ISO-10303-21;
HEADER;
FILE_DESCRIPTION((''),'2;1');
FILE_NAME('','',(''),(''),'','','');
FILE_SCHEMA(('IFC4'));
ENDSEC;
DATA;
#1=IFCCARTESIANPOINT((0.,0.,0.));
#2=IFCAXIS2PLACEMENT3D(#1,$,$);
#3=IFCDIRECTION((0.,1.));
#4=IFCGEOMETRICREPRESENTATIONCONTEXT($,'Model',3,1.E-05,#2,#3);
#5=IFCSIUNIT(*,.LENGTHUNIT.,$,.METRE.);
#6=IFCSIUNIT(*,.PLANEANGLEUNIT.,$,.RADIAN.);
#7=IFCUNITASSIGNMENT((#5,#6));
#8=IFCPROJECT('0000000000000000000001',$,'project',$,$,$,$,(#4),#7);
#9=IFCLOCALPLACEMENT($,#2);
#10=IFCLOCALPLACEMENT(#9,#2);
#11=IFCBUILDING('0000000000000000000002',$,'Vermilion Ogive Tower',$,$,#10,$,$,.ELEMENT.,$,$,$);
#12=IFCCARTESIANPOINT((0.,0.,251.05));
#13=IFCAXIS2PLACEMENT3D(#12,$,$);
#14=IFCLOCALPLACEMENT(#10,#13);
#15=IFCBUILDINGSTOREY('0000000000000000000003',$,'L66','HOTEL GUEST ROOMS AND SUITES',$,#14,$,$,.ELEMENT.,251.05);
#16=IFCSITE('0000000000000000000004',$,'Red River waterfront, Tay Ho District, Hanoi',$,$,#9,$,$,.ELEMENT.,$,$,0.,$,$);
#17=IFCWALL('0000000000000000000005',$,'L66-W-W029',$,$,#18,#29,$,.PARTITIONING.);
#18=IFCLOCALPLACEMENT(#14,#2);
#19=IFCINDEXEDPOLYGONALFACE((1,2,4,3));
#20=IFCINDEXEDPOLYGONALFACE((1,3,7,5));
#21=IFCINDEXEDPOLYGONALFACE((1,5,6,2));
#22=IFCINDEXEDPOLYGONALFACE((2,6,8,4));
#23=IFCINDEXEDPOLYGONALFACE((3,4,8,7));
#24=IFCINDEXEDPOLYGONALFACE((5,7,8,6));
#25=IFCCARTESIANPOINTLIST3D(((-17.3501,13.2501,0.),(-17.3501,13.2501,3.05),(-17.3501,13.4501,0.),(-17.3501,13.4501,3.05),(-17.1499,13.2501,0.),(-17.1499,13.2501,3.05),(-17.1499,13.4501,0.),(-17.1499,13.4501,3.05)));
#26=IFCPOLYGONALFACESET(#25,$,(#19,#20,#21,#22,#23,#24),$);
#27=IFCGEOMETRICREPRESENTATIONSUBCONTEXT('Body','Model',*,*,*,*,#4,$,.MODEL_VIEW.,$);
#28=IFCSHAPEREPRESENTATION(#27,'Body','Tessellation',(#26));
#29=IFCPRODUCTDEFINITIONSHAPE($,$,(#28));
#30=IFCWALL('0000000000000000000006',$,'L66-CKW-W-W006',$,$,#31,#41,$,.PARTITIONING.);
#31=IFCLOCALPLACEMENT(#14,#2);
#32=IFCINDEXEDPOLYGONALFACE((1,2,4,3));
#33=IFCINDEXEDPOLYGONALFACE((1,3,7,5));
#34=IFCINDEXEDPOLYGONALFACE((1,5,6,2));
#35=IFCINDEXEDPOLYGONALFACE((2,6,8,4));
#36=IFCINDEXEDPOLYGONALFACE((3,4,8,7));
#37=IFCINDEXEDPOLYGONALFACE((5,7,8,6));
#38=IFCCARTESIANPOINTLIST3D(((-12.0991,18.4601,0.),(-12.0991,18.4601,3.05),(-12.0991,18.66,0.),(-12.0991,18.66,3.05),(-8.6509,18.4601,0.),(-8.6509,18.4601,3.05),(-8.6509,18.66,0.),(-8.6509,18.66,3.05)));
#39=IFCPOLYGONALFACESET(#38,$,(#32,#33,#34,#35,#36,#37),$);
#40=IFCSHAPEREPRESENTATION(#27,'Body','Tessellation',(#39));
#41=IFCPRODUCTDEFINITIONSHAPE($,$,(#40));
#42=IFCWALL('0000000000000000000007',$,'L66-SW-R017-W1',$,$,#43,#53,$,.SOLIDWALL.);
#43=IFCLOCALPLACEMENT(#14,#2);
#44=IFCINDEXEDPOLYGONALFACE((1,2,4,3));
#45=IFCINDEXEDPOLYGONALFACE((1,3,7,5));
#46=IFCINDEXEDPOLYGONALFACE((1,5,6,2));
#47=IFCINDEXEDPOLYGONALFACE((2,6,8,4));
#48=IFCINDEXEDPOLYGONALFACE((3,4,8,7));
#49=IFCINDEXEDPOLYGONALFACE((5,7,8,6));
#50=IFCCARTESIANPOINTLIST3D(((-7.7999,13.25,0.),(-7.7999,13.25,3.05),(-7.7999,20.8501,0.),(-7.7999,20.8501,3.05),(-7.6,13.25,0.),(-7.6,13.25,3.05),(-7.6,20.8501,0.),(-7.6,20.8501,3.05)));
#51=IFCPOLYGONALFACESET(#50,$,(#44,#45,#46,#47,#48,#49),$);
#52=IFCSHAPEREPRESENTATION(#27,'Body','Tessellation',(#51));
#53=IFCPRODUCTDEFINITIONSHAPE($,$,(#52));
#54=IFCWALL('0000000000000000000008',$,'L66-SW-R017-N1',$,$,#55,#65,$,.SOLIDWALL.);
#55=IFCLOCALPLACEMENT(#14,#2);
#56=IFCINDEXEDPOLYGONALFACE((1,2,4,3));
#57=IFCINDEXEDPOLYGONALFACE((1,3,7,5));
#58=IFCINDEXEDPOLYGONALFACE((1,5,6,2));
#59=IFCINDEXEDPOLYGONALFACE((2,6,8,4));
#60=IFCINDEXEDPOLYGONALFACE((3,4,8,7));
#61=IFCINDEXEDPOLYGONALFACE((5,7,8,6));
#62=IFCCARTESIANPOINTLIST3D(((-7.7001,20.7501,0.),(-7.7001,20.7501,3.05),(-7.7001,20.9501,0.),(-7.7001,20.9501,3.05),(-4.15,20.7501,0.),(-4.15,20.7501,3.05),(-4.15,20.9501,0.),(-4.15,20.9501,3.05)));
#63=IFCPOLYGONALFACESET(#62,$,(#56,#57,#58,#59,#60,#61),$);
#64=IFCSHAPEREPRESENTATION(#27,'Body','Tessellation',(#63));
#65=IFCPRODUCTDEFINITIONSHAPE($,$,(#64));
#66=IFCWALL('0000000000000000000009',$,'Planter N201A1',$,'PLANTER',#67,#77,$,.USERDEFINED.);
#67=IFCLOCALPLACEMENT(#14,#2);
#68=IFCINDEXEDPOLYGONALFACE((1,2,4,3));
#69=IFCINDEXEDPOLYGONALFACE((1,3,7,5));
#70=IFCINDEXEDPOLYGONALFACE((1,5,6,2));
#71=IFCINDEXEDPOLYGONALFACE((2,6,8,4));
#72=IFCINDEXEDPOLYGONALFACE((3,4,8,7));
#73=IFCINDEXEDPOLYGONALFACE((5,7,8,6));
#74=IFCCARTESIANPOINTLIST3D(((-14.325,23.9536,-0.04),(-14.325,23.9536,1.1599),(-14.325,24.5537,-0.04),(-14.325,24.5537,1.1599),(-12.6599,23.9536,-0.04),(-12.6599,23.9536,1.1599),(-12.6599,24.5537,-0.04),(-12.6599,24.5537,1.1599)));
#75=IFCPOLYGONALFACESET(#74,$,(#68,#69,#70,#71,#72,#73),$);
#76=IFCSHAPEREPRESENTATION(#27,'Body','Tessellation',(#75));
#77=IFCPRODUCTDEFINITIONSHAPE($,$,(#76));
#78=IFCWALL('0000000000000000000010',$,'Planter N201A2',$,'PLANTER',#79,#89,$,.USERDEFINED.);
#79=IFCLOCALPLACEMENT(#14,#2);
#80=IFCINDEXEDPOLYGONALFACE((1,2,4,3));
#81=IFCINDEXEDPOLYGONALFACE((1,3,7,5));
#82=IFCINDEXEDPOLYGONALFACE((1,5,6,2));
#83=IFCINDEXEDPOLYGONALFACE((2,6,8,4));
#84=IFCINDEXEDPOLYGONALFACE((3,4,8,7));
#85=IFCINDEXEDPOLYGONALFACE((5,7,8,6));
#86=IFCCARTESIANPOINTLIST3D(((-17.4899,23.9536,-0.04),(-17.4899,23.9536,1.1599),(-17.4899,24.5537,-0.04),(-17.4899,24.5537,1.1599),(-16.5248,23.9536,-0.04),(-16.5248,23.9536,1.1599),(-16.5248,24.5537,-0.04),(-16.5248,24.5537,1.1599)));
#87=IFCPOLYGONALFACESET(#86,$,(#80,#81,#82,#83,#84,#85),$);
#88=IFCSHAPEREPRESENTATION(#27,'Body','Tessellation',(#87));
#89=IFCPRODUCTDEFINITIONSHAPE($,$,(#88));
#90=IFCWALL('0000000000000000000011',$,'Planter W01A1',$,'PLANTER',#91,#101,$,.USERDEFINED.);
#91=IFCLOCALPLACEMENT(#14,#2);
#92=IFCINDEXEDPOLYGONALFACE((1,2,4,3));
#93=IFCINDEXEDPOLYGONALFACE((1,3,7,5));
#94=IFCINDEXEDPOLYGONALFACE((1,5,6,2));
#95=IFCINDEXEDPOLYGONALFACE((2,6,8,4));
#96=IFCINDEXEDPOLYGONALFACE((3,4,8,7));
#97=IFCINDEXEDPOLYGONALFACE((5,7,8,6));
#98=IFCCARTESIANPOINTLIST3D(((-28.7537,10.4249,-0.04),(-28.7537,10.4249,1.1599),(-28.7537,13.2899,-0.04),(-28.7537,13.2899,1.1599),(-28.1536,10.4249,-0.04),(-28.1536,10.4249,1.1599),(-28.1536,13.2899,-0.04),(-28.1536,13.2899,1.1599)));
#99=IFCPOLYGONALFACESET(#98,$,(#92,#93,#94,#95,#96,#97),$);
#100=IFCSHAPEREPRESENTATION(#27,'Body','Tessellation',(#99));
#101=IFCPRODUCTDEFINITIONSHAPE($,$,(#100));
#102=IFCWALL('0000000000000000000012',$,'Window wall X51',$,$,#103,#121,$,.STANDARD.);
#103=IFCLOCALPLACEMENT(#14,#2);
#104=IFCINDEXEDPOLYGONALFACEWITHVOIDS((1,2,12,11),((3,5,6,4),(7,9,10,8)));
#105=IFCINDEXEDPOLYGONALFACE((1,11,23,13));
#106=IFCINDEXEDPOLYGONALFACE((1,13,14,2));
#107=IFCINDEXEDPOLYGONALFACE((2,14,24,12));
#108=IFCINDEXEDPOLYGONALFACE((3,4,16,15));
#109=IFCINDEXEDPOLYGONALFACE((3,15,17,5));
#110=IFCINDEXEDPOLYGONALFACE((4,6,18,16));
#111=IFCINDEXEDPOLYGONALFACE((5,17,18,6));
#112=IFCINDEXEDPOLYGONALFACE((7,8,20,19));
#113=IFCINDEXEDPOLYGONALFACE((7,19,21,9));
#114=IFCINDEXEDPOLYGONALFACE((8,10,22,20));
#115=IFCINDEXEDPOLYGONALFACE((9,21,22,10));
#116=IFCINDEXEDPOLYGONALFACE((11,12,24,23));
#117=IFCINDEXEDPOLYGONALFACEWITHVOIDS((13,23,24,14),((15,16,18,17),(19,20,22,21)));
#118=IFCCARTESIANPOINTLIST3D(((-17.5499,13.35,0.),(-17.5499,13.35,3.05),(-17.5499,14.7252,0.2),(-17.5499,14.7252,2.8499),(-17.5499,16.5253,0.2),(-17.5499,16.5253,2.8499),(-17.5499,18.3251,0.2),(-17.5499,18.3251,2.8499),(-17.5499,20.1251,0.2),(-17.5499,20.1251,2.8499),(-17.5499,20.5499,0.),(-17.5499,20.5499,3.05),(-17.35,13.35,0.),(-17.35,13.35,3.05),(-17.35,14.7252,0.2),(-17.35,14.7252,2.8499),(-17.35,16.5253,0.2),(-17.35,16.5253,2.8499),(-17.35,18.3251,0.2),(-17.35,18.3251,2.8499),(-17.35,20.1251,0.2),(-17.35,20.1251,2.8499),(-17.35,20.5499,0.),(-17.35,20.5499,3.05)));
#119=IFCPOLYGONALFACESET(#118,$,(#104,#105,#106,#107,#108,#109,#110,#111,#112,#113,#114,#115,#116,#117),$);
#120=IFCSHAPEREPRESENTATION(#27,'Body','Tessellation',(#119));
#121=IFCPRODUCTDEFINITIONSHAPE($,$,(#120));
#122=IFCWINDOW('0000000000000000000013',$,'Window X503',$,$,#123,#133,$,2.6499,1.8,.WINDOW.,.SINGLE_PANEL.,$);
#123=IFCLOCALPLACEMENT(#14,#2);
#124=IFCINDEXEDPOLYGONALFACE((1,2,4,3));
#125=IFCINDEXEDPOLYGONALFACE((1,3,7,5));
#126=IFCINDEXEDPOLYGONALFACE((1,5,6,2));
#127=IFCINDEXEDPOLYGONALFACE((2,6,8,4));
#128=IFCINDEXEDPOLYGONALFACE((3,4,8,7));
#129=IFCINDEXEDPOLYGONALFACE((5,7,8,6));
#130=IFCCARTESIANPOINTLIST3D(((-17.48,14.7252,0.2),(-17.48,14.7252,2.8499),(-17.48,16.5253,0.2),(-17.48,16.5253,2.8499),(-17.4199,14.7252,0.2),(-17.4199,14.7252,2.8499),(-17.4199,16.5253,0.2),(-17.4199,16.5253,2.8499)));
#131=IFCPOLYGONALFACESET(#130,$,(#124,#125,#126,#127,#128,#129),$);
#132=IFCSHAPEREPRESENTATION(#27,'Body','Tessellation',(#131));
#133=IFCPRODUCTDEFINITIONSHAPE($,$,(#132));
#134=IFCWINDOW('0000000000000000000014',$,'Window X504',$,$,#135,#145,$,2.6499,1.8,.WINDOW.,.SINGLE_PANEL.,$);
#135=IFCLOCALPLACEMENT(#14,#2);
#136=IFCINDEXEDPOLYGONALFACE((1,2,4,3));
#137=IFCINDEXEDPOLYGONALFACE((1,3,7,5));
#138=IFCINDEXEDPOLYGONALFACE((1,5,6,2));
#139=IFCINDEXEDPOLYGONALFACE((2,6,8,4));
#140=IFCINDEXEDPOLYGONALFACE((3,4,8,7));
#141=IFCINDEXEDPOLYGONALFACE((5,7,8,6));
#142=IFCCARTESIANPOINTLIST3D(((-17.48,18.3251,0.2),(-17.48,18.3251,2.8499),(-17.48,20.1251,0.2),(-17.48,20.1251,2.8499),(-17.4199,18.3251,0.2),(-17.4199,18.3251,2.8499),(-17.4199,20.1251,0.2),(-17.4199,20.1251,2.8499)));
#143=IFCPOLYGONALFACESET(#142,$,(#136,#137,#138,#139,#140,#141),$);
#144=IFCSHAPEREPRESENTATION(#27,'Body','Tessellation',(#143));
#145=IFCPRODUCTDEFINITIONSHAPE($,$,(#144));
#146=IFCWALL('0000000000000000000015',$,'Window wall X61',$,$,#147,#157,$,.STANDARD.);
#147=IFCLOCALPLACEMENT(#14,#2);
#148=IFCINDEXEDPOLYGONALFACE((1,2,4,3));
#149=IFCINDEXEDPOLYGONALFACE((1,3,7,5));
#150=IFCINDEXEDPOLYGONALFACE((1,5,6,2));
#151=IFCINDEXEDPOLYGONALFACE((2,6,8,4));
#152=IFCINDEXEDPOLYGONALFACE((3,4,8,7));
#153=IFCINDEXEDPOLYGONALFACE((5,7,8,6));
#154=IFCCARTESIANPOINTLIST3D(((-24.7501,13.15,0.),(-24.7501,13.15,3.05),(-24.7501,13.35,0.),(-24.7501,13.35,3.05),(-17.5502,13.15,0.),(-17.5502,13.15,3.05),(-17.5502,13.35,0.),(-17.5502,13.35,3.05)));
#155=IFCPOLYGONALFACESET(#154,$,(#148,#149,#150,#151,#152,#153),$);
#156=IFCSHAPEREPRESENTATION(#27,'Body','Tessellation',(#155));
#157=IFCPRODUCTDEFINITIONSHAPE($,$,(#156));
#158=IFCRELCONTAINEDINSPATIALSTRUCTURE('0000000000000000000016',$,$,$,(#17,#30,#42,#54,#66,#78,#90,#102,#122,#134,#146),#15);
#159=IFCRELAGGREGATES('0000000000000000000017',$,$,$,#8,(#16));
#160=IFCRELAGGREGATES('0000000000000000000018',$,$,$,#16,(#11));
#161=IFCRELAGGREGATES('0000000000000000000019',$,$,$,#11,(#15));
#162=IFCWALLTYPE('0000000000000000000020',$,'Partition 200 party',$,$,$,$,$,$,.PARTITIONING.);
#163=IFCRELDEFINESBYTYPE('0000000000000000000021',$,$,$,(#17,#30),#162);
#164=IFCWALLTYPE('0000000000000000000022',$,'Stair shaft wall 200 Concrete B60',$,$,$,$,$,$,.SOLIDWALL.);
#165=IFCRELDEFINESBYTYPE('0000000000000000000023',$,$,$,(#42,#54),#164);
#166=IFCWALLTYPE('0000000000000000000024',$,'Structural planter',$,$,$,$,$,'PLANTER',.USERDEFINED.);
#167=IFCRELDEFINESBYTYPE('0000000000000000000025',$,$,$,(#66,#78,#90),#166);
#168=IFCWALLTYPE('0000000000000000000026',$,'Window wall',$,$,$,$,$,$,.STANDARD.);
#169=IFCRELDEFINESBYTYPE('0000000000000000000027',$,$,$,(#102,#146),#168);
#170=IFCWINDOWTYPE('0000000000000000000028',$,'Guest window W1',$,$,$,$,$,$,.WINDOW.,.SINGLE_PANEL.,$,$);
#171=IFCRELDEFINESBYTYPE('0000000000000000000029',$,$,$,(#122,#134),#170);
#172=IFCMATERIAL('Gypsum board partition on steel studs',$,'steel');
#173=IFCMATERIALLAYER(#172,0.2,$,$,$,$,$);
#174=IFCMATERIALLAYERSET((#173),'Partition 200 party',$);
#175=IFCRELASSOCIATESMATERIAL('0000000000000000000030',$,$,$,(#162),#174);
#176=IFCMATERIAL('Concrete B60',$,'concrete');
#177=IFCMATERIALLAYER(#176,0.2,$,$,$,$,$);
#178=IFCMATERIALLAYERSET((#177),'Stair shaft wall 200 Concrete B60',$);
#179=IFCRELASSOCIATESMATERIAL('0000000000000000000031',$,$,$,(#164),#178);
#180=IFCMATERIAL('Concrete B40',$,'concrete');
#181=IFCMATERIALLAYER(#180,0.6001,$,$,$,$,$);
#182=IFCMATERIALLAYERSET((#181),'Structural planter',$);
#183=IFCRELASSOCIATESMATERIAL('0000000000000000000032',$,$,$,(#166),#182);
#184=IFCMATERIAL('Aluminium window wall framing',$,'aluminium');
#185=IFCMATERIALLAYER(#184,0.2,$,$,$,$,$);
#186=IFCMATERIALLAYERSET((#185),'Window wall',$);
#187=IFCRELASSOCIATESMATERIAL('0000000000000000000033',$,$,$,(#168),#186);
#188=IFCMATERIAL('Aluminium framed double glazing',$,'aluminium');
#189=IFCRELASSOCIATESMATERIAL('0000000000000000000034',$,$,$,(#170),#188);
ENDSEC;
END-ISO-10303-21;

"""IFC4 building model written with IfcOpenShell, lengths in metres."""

from ifc_helpers import new_model, si_unit, direction, frame, frame_2d, origin, place, context, subcontext, project, spatial, rectangle, extrude, material, layer, layer_set, type_object, element, fill, save


model = new_model("IFC4")

# Units and contexts
model_context = context("Model", 3, precision=1e-05, world=origin(), true_north=direction((0.0, 1.0)))
body_context = subcontext(model_context, "Body", "Model", "MODEL_VIEW")
ifc_project = project(units=[si_unit("LENGTHUNIT", "METRE"), si_unit("PLANEANGLEUNIT", "RADIAN")], contexts=[model_context])

# Site, building, storey
site_placement = place(None, origin())
site = spatial("IfcSite", under=ifc_project, at=site_placement, Name="Red River waterfront, Tay Ho District, Hanoi", CompositionType="ELEMENT", RefElevation=0.0)
building_placement = place(site_placement, origin())
building = spatial("IfcBuilding", under=site, at=building_placement, Name="Vermilion Ogive Tower", CompositionType="ELEMENT")
storey_placement = place(building_placement, frame((0.0, 0.0, 251.05)))
storey = spatial("IfcBuildingStorey", under=building, at=storey_placement, Name="L66", Description="HOTEL GUEST ROOMS AND SUITES", CompositionType="ELEMENT", Elevation=251.05)

# Walls
ifc_material_1 = material(Name="Gypsum board partition on steel studs", Category="steel")
ifc_layer_1 = layer(ifc_material_1, 0.2)
ifc_layer_set_1 = layer_set([ifc_layer_1], Name="Partition 200 party")
wall_type_1 = type_object("IfcWallType", Name="Partition 200 party", PredefinedType="PARTITIONING", material=ifc_layer_set_1)
wall_1_placement = place(storey_placement, frame((-17.3501, 13.3501, 0.0), z_axis=(0.0, 0.0, 1.0), x_axis=(1.0, 0.0, 0.0)))
element("IfcWall", 1, at=wall_1_placement, inside=storey, type_object=wall_type_1, Name="L66-W-W029", PredefinedType="PARTITIONING", context=body_context, shape_type="SweptSolid", body=[
    extrude(rectangle(XDim=0.2002, YDim=0.2, at=frame_2d((0.1001, 0.0))), origin(), (0.0, 0.0, 1.0), 3.05),
])
wall_2_placement = place(storey_placement, frame((-12.0991, 18.5601, 0.0), z_axis=(0.0, 0.0, 1.0), x_axis=(1.0, 0.0, 0.0)))
element("IfcWall", 2, at=wall_2_placement, inside=storey, type_object=wall_type_1, Name="L66-CKW-W-W006", PredefinedType="PARTITIONING", context=body_context, shape_type="SweptSolid", body=[
    extrude(rectangle(XDim=3.4482, YDim=0.2, at=frame_2d((1.7241, 0.0))), origin(), (0.0, 0.0, 1.0), 3.05),
])
ifc_material_2 = material(Name="Concrete B60", Category="concrete")
ifc_layer_2 = layer(ifc_material_2, 0.2)
ifc_layer_set_2 = layer_set([ifc_layer_2], Name="Stair shaft wall 200 Concrete B60")
wall_type_2 = type_object("IfcWallType", Name="Stair shaft wall 200 Concrete B60", PredefinedType="SOLIDWALL", material=ifc_layer_set_2)
wall_3_placement = place(storey_placement, frame((-7.7, 13.25, 0.0), z_axis=(0.0, 0.0, 1.0), x_axis=(0.0, 1.0, 0.0)))
element("IfcWall", 3, at=wall_3_placement, inside=storey, type_object=wall_type_2, Name="L66-SW-R017-W1", PredefinedType="SOLIDWALL", context=body_context, shape_type="SweptSolid", body=[
    extrude(rectangle(XDim=7.6001, YDim=0.2, at=frame_2d((3.8, 0.0))), origin(), (0.0, 0.0, 1.0), 3.05),
])
wall_4_placement = place(storey_placement, frame((-7.7, 20.8501, 0.0), z_axis=(0.0, 0.0, 1.0), x_axis=(1.0, 0.0, 0.0)))
element("IfcWall", 4, at=wall_4_placement, inside=storey, type_object=wall_type_2, Name="L66-SW-R017-N1", PredefinedType="SOLIDWALL", context=body_context, shape_type="SweptSolid", body=[
    extrude(rectangle(XDim=3.55, YDim=0.2, at=frame_2d((1.7749, 0.0))), origin(), (0.0, 0.0, 1.0), 3.05),
])
ifc_material_3 = material(Name="Concrete B40", Category="concrete")
ifc_layer_3 = layer(ifc_material_3, 0.6001)
ifc_layer_set_3 = layer_set([ifc_layer_3], Name="Structural planter")
wall_type_3 = type_object("IfcWallType", Name="Structural planter", ElementType="PLANTER", PredefinedType="USERDEFINED", material=ifc_layer_set_3)
wall_5_placement = place(storey_placement, frame((-12.6599, 24.2537, -0.04), z_axis=(0.0, 0.0, 1.0), x_axis=(-1.0, 0.0, 0.0)))
element("IfcWall", 5, at=wall_5_placement, inside=storey, type_object=wall_type_3, Name="Planter N201A1", ObjectType="PLANTER", PredefinedType="USERDEFINED", context=body_context, shape_type="SweptSolid", body=[
    extrude(rectangle(XDim=1.665, YDim=0.6001, at=frame_2d((0.8325, 0.0))), origin(), (0.0, 0.0, 1.0), 1.2),
])
wall_6_placement = place(storey_placement, frame((-16.5249, 24.2537, -0.04), z_axis=(0.0, 0.0, 1.0), x_axis=(-1.0, 0.0, 0.0)))
element("IfcWall", 6, at=wall_6_placement, inside=storey, type_object=wall_type_3, Name="Planter N201A2", ObjectType="PLANTER", PredefinedType="USERDEFINED", context=body_context, shape_type="SweptSolid", body=[
    extrude(rectangle(XDim=0.9651, YDim=0.6001, at=frame_2d((0.4824, 0.0))), origin(), (0.0, 0.0, 1.0), 1.2),
])
wall_7_placement = place(storey_placement, frame((-28.4536, 13.29, -0.04), z_axis=(0.0, 0.0, 1.0), x_axis=(0.0, -1.0, 0.0)))
element("IfcWall", 7, at=wall_7_placement, inside=storey, type_object=wall_type_3, Name="Planter W01A1", ObjectType="PLANTER", PredefinedType="USERDEFINED", context=body_context, shape_type="SweptSolid", body=[
    extrude(rectangle(XDim=2.865, YDim=0.6001, at=frame_2d((1.4326, 0.0))), origin(), (0.0, 0.0, 1.0), 1.2),
])

# Shared definitions
ifc_material_4 = material(Name="Aluminium window wall framing", Category="aluminium")
ifc_layer_4 = layer(ifc_material_4, 0.2)
ifc_layer_set_4 = layer_set([ifc_layer_4], Name="Window wall")
wall_type_4 = type_object("IfcWallType", Name="Window wall", PredefinedType="STANDARD", material=ifc_layer_set_4)
ifc_material_5 = material(Name="Aluminium framed double glazing", Category="aluminium")
window_type = type_object("IfcWindowType", Name="Guest window W1", PartitioningType="SINGLE_PANEL", PredefinedType="WINDOW", material=ifc_material_5)

# Wall, openings, windows
wall_8_placement = place(storey_placement, frame((-17.45, 20.55, 0.0), z_axis=(0.0, 0.0, 1.0), x_axis=(0.0, -1.0, 0.0)))
wall_8 = element("IfcWall", 8, at=wall_8_placement, inside=storey, type_object=wall_type_4, Name="Window wall X51", PredefinedType="STANDARD", context=body_context, shape_type="SweptSolid", body=[
    extrude(rectangle(XDim=7.2, YDim=0.2, at=frame_2d((3.6001, 0.0))), origin(), (0.0, 0.0, 1.0), 3.05),
])
opening_1_placement = place(wall_8_placement, frame((4.0249, 0.0, 0.2)))
opening_1 = element("IfcOpeningElement", 9, at=opening_1_placement, cuts=wall_8, PredefinedType="OPENING", context=body_context, shape_type="SweptSolid", body=[
    extrude(rectangle(XDim=1.8, YDim=2.6499, at=frame_2d((0.8999, 1.325))), frame((0.0, 0.1099, 0.0), z_axis=(0.0, -1.0, 0.0), x_axis=(1.0, 0.0, 0.0)), (0.0, 0.0, 1.0), 0.22),
])
opening_2_placement = place(wall_8_placement, frame((0.425, 0.0, 0.2)))
opening_2 = element("IfcOpeningElement", 10, at=opening_2_placement, cuts=wall_8, PredefinedType="OPENING", context=body_context, shape_type="SweptSolid", body=[
    extrude(rectangle(XDim=1.8, YDim=2.6499, at=frame_2d((0.8999, 1.325))), frame((0.0, 0.1099, 0.0), z_axis=(0.0, -1.0, 0.0), x_axis=(1.0, 0.0, 0.0)), (0.0, 0.0, 1.0), 0.22),
])
window_1_placement = place(opening_1_placement, origin())
window_1 = element("IfcWindow", 11, at=window_1_placement, inside=storey, type_object=window_type, Name="Window X503", OverallHeight=2.6499, OverallWidth=1.8, PartitioningType="SINGLE_PANEL", PredefinedType="WINDOW", context=body_context, shape_type="SweptSolid", body=[
    extrude(rectangle(XDim=1.8, YDim=2.6499, at=frame_2d((0.8999, 1.325))), frame((0.0, 0.03, 0.0), z_axis=(0.0, -1.0, 0.0), x_axis=(1.0, 0.0, 0.0)), (0.0, 0.0, 1.0), 0.0601),
])
fill(opening_1, window_1)
window_2_placement = place(opening_2_placement, origin())
window_2 = element("IfcWindow", 12, at=window_2_placement, inside=storey, type_object=window_type, Name="Window X504", OverallHeight=2.6499, OverallWidth=1.8, PartitioningType="SINGLE_PANEL", PredefinedType="WINDOW", context=body_context, shape_type="SweptSolid", body=[
    extrude(rectangle(XDim=1.8, YDim=2.6499, at=frame_2d((0.8999, 1.325))), frame((0.0, 0.03, 0.0), z_axis=(0.0, -1.0, 0.0), x_axis=(1.0, 0.0, 0.0)), (0.0, 0.0, 1.0), 0.0601),
])
fill(opening_2, window_2)

# Wall
wall_9_placement = place(storey_placement, frame((-17.55, 13.25, 0.0), z_axis=(0.0, 0.0, 1.0), x_axis=(-1.0, 0.0, 0.0)))
element("IfcWall", 13, at=wall_9_placement, inside=storey, type_object=wall_type_4, Name="Window wall X61", PredefinedType="STANDARD", context=body_context, shape_type="SweptSolid", body=[
    extrude(rectangle(XDim=7.2, YDim=0.2, at=frame_2d((3.6001, 0.0))), origin(), (0.0, 0.0, 1.0), 3.05),
])

save(model, "model.ifc")
